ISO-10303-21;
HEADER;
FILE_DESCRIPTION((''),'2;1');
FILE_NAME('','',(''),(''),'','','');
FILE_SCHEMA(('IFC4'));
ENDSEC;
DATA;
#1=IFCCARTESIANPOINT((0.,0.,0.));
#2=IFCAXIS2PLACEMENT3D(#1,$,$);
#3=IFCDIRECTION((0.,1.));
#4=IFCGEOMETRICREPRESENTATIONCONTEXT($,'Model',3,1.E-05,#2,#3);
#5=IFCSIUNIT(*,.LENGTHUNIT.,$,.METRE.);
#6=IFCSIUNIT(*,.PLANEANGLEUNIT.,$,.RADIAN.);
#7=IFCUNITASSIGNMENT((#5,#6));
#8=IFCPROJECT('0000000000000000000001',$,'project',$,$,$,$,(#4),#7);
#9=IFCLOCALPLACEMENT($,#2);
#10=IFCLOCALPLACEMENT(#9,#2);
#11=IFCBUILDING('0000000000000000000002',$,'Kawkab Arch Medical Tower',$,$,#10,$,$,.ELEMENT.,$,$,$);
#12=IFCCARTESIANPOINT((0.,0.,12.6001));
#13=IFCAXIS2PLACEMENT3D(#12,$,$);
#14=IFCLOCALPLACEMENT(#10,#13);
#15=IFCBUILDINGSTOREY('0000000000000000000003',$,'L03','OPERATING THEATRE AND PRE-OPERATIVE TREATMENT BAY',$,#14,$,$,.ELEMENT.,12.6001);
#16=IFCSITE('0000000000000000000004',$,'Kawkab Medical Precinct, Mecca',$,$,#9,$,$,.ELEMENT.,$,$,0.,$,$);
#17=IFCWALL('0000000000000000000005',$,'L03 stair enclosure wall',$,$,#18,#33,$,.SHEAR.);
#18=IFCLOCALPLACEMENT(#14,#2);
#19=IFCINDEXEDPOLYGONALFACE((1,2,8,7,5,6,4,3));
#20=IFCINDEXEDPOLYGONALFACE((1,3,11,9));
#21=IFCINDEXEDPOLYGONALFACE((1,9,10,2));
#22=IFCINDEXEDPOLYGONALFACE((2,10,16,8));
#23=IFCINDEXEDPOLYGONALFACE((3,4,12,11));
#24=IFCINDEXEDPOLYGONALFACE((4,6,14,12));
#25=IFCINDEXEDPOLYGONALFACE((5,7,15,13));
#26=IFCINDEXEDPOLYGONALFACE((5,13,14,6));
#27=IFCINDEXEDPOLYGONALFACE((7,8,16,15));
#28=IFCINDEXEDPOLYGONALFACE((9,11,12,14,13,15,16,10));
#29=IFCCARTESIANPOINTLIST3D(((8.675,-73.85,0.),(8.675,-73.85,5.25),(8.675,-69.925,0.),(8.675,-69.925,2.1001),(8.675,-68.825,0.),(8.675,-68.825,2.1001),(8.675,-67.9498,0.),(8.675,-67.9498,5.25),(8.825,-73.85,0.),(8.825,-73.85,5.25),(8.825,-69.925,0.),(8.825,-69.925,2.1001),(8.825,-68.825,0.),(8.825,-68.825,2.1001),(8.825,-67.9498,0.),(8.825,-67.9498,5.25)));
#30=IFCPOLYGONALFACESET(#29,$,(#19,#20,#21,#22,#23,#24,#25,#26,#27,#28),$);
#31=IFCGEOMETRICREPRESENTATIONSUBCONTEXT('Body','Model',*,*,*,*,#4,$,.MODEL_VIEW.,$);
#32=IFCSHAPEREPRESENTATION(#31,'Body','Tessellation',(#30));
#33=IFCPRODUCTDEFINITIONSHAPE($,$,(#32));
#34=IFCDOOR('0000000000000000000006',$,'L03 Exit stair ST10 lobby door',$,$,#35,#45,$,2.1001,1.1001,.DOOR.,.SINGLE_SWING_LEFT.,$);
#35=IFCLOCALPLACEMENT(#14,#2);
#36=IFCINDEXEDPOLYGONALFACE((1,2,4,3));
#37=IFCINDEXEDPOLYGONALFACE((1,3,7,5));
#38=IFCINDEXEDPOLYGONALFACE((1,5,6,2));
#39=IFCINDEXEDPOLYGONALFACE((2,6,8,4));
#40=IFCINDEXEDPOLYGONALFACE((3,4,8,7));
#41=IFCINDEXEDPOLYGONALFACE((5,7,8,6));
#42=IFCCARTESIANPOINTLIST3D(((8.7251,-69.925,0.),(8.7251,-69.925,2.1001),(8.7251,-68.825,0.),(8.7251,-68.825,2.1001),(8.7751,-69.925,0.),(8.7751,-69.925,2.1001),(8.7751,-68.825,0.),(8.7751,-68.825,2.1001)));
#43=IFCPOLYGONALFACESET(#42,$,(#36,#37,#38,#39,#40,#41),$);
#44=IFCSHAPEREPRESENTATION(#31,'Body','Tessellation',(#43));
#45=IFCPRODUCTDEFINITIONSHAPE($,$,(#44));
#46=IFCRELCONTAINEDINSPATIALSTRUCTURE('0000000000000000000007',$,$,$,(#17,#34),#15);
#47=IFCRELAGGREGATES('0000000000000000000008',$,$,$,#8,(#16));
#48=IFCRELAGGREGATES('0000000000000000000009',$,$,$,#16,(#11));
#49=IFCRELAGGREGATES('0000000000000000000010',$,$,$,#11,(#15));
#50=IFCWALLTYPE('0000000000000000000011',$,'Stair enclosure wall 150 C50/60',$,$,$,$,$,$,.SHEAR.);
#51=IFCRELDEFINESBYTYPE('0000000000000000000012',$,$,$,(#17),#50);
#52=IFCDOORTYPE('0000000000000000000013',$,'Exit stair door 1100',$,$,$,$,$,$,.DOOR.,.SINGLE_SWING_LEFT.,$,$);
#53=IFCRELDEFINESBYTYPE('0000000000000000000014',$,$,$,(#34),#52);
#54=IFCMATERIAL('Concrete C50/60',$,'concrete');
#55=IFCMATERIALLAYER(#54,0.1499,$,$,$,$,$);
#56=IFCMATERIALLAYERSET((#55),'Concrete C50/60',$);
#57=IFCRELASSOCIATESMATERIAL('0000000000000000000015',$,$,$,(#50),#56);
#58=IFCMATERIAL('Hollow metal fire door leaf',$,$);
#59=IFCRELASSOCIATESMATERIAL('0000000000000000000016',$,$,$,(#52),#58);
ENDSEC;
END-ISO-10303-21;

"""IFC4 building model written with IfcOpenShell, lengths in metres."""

from ifc_helpers import new_model, si_unit, direction, frame, frame_2d, origin, place, context, subcontext, project, spatial, rectangle, extrude, material, layer, layer_set, type_object, element, fill, save


model = new_model("IFC4")

# Units and contexts
model_context = context("Model", 3, precision=1e-05, world=origin(), true_north=direction((0.0, 1.0)))
body_context = subcontext(model_context, "Body", "Model", "MODEL_VIEW")
ifc_project = project(units=[si_unit("LENGTHUNIT", "METRE"), si_unit("PLANEANGLEUNIT", "RADIAN")], contexts=[model_context])

# Site, building, storey
site_placement = place(None, origin())
site = spatial("IfcSite", under=ifc_project, at=site_placement, Name="Kawkab Medical Precinct, Mecca", CompositionType="ELEMENT", RefElevation=0.0)
building_placement = place(site_placement, origin())
building = spatial("IfcBuilding", under=site, at=building_placement, Name="Kawkab Arch Medical Tower", CompositionType="ELEMENT")
storey_placement = place(building_placement, frame((0.0, 0.0, 12.6001)))
storey = spatial("IfcBuildingStorey", under=building, at=storey_placement, Name="L03", Description="OPERATING THEATRE AND PRE-OPERATIVE TREATMENT BAY", CompositionType="ELEMENT", Elevation=12.6001)

# Wall, opening, door
ifc_material_1 = material(Name="Concrete C50/60", Category="concrete")
ifc_layer_1 = layer(ifc_material_1, 0.1499)
ifc_layer_set_1 = layer_set([ifc_layer_1], Name="Concrete C50/60")
wall_type_1 = type_object("IfcWallType", Name="Stair enclosure wall 150 C50/60", PredefinedType="SHEAR", material=ifc_layer_set_1)
wall_1_placement = place(storey_placement, frame((8.75, -73.8501, 0.0), z_axis=(0.0, 0.0, 1.0), x_axis=(0.0, 1.0, 0.0)))
wall_1 = element("IfcWall", 1, at=wall_1_placement, inside=storey, type_object=wall_type_1, Name="L03 stair enclosure wall", PredefinedType="SHEAR", context=body_context, shape_type="SweptSolid", body=[
    extrude(rectangle(XDim=5.9001, YDim=0.1499, at=frame_2d((2.9502, 0.0))), origin(), (0.0, 0.0, 1.0), 5.25),
])
opening_1_placement = place(wall_1_placement, frame((3.925, 0.0, 0.0)))
opening_1 = element("IfcOpeningElement", 2, at=opening_1_placement, cuts=wall_1, PredefinedType="OPENING", context=body_context, shape_type="SweptSolid", body=[
    extrude(rectangle(XDim=1.1001, YDim=2.1001, at=frame_2d((0.55, 1.05))), frame((0.0, 0.085, 0.0), z_axis=(0.0, -1.0, 0.0), x_axis=(1.0, 0.0, 0.0)), (0.0, 0.0, 1.0), 0.1699),
])
ifc_material_2 = material(Name="Hollow metal fire door leaf")
door_type_1 = type_object("IfcDoorType", Name="Exit stair door 1100", OperationType="SINGLE_SWING_LEFT", PredefinedType="DOOR", material=ifc_material_2)
door_1_placement = place(opening_1_placement, origin())
door_1 = element("IfcDoor", 3, at=door_1_placement, inside=storey, type_object=door_type_1, Name="L03 Exit stair ST10 lobby door", OperationType="SINGLE_SWING_LEFT", OverallHeight=2.1001, OverallWidth=1.1001, PredefinedType="DOOR", context=body_context, shape_type="SweptSolid", body=[
    extrude(rectangle(XDim=1.1001, YDim=2.1001, at=frame_2d((0.55, 1.05))), frame((0.0, 0.0249, 0.0), z_axis=(0.0, -1.0, 0.0), x_axis=(1.0, 0.0, 0.0)), (0.0, 0.0, 1.0), 0.05),
])
fill(opening_1, door_1)

save(model, "model.ifc")
